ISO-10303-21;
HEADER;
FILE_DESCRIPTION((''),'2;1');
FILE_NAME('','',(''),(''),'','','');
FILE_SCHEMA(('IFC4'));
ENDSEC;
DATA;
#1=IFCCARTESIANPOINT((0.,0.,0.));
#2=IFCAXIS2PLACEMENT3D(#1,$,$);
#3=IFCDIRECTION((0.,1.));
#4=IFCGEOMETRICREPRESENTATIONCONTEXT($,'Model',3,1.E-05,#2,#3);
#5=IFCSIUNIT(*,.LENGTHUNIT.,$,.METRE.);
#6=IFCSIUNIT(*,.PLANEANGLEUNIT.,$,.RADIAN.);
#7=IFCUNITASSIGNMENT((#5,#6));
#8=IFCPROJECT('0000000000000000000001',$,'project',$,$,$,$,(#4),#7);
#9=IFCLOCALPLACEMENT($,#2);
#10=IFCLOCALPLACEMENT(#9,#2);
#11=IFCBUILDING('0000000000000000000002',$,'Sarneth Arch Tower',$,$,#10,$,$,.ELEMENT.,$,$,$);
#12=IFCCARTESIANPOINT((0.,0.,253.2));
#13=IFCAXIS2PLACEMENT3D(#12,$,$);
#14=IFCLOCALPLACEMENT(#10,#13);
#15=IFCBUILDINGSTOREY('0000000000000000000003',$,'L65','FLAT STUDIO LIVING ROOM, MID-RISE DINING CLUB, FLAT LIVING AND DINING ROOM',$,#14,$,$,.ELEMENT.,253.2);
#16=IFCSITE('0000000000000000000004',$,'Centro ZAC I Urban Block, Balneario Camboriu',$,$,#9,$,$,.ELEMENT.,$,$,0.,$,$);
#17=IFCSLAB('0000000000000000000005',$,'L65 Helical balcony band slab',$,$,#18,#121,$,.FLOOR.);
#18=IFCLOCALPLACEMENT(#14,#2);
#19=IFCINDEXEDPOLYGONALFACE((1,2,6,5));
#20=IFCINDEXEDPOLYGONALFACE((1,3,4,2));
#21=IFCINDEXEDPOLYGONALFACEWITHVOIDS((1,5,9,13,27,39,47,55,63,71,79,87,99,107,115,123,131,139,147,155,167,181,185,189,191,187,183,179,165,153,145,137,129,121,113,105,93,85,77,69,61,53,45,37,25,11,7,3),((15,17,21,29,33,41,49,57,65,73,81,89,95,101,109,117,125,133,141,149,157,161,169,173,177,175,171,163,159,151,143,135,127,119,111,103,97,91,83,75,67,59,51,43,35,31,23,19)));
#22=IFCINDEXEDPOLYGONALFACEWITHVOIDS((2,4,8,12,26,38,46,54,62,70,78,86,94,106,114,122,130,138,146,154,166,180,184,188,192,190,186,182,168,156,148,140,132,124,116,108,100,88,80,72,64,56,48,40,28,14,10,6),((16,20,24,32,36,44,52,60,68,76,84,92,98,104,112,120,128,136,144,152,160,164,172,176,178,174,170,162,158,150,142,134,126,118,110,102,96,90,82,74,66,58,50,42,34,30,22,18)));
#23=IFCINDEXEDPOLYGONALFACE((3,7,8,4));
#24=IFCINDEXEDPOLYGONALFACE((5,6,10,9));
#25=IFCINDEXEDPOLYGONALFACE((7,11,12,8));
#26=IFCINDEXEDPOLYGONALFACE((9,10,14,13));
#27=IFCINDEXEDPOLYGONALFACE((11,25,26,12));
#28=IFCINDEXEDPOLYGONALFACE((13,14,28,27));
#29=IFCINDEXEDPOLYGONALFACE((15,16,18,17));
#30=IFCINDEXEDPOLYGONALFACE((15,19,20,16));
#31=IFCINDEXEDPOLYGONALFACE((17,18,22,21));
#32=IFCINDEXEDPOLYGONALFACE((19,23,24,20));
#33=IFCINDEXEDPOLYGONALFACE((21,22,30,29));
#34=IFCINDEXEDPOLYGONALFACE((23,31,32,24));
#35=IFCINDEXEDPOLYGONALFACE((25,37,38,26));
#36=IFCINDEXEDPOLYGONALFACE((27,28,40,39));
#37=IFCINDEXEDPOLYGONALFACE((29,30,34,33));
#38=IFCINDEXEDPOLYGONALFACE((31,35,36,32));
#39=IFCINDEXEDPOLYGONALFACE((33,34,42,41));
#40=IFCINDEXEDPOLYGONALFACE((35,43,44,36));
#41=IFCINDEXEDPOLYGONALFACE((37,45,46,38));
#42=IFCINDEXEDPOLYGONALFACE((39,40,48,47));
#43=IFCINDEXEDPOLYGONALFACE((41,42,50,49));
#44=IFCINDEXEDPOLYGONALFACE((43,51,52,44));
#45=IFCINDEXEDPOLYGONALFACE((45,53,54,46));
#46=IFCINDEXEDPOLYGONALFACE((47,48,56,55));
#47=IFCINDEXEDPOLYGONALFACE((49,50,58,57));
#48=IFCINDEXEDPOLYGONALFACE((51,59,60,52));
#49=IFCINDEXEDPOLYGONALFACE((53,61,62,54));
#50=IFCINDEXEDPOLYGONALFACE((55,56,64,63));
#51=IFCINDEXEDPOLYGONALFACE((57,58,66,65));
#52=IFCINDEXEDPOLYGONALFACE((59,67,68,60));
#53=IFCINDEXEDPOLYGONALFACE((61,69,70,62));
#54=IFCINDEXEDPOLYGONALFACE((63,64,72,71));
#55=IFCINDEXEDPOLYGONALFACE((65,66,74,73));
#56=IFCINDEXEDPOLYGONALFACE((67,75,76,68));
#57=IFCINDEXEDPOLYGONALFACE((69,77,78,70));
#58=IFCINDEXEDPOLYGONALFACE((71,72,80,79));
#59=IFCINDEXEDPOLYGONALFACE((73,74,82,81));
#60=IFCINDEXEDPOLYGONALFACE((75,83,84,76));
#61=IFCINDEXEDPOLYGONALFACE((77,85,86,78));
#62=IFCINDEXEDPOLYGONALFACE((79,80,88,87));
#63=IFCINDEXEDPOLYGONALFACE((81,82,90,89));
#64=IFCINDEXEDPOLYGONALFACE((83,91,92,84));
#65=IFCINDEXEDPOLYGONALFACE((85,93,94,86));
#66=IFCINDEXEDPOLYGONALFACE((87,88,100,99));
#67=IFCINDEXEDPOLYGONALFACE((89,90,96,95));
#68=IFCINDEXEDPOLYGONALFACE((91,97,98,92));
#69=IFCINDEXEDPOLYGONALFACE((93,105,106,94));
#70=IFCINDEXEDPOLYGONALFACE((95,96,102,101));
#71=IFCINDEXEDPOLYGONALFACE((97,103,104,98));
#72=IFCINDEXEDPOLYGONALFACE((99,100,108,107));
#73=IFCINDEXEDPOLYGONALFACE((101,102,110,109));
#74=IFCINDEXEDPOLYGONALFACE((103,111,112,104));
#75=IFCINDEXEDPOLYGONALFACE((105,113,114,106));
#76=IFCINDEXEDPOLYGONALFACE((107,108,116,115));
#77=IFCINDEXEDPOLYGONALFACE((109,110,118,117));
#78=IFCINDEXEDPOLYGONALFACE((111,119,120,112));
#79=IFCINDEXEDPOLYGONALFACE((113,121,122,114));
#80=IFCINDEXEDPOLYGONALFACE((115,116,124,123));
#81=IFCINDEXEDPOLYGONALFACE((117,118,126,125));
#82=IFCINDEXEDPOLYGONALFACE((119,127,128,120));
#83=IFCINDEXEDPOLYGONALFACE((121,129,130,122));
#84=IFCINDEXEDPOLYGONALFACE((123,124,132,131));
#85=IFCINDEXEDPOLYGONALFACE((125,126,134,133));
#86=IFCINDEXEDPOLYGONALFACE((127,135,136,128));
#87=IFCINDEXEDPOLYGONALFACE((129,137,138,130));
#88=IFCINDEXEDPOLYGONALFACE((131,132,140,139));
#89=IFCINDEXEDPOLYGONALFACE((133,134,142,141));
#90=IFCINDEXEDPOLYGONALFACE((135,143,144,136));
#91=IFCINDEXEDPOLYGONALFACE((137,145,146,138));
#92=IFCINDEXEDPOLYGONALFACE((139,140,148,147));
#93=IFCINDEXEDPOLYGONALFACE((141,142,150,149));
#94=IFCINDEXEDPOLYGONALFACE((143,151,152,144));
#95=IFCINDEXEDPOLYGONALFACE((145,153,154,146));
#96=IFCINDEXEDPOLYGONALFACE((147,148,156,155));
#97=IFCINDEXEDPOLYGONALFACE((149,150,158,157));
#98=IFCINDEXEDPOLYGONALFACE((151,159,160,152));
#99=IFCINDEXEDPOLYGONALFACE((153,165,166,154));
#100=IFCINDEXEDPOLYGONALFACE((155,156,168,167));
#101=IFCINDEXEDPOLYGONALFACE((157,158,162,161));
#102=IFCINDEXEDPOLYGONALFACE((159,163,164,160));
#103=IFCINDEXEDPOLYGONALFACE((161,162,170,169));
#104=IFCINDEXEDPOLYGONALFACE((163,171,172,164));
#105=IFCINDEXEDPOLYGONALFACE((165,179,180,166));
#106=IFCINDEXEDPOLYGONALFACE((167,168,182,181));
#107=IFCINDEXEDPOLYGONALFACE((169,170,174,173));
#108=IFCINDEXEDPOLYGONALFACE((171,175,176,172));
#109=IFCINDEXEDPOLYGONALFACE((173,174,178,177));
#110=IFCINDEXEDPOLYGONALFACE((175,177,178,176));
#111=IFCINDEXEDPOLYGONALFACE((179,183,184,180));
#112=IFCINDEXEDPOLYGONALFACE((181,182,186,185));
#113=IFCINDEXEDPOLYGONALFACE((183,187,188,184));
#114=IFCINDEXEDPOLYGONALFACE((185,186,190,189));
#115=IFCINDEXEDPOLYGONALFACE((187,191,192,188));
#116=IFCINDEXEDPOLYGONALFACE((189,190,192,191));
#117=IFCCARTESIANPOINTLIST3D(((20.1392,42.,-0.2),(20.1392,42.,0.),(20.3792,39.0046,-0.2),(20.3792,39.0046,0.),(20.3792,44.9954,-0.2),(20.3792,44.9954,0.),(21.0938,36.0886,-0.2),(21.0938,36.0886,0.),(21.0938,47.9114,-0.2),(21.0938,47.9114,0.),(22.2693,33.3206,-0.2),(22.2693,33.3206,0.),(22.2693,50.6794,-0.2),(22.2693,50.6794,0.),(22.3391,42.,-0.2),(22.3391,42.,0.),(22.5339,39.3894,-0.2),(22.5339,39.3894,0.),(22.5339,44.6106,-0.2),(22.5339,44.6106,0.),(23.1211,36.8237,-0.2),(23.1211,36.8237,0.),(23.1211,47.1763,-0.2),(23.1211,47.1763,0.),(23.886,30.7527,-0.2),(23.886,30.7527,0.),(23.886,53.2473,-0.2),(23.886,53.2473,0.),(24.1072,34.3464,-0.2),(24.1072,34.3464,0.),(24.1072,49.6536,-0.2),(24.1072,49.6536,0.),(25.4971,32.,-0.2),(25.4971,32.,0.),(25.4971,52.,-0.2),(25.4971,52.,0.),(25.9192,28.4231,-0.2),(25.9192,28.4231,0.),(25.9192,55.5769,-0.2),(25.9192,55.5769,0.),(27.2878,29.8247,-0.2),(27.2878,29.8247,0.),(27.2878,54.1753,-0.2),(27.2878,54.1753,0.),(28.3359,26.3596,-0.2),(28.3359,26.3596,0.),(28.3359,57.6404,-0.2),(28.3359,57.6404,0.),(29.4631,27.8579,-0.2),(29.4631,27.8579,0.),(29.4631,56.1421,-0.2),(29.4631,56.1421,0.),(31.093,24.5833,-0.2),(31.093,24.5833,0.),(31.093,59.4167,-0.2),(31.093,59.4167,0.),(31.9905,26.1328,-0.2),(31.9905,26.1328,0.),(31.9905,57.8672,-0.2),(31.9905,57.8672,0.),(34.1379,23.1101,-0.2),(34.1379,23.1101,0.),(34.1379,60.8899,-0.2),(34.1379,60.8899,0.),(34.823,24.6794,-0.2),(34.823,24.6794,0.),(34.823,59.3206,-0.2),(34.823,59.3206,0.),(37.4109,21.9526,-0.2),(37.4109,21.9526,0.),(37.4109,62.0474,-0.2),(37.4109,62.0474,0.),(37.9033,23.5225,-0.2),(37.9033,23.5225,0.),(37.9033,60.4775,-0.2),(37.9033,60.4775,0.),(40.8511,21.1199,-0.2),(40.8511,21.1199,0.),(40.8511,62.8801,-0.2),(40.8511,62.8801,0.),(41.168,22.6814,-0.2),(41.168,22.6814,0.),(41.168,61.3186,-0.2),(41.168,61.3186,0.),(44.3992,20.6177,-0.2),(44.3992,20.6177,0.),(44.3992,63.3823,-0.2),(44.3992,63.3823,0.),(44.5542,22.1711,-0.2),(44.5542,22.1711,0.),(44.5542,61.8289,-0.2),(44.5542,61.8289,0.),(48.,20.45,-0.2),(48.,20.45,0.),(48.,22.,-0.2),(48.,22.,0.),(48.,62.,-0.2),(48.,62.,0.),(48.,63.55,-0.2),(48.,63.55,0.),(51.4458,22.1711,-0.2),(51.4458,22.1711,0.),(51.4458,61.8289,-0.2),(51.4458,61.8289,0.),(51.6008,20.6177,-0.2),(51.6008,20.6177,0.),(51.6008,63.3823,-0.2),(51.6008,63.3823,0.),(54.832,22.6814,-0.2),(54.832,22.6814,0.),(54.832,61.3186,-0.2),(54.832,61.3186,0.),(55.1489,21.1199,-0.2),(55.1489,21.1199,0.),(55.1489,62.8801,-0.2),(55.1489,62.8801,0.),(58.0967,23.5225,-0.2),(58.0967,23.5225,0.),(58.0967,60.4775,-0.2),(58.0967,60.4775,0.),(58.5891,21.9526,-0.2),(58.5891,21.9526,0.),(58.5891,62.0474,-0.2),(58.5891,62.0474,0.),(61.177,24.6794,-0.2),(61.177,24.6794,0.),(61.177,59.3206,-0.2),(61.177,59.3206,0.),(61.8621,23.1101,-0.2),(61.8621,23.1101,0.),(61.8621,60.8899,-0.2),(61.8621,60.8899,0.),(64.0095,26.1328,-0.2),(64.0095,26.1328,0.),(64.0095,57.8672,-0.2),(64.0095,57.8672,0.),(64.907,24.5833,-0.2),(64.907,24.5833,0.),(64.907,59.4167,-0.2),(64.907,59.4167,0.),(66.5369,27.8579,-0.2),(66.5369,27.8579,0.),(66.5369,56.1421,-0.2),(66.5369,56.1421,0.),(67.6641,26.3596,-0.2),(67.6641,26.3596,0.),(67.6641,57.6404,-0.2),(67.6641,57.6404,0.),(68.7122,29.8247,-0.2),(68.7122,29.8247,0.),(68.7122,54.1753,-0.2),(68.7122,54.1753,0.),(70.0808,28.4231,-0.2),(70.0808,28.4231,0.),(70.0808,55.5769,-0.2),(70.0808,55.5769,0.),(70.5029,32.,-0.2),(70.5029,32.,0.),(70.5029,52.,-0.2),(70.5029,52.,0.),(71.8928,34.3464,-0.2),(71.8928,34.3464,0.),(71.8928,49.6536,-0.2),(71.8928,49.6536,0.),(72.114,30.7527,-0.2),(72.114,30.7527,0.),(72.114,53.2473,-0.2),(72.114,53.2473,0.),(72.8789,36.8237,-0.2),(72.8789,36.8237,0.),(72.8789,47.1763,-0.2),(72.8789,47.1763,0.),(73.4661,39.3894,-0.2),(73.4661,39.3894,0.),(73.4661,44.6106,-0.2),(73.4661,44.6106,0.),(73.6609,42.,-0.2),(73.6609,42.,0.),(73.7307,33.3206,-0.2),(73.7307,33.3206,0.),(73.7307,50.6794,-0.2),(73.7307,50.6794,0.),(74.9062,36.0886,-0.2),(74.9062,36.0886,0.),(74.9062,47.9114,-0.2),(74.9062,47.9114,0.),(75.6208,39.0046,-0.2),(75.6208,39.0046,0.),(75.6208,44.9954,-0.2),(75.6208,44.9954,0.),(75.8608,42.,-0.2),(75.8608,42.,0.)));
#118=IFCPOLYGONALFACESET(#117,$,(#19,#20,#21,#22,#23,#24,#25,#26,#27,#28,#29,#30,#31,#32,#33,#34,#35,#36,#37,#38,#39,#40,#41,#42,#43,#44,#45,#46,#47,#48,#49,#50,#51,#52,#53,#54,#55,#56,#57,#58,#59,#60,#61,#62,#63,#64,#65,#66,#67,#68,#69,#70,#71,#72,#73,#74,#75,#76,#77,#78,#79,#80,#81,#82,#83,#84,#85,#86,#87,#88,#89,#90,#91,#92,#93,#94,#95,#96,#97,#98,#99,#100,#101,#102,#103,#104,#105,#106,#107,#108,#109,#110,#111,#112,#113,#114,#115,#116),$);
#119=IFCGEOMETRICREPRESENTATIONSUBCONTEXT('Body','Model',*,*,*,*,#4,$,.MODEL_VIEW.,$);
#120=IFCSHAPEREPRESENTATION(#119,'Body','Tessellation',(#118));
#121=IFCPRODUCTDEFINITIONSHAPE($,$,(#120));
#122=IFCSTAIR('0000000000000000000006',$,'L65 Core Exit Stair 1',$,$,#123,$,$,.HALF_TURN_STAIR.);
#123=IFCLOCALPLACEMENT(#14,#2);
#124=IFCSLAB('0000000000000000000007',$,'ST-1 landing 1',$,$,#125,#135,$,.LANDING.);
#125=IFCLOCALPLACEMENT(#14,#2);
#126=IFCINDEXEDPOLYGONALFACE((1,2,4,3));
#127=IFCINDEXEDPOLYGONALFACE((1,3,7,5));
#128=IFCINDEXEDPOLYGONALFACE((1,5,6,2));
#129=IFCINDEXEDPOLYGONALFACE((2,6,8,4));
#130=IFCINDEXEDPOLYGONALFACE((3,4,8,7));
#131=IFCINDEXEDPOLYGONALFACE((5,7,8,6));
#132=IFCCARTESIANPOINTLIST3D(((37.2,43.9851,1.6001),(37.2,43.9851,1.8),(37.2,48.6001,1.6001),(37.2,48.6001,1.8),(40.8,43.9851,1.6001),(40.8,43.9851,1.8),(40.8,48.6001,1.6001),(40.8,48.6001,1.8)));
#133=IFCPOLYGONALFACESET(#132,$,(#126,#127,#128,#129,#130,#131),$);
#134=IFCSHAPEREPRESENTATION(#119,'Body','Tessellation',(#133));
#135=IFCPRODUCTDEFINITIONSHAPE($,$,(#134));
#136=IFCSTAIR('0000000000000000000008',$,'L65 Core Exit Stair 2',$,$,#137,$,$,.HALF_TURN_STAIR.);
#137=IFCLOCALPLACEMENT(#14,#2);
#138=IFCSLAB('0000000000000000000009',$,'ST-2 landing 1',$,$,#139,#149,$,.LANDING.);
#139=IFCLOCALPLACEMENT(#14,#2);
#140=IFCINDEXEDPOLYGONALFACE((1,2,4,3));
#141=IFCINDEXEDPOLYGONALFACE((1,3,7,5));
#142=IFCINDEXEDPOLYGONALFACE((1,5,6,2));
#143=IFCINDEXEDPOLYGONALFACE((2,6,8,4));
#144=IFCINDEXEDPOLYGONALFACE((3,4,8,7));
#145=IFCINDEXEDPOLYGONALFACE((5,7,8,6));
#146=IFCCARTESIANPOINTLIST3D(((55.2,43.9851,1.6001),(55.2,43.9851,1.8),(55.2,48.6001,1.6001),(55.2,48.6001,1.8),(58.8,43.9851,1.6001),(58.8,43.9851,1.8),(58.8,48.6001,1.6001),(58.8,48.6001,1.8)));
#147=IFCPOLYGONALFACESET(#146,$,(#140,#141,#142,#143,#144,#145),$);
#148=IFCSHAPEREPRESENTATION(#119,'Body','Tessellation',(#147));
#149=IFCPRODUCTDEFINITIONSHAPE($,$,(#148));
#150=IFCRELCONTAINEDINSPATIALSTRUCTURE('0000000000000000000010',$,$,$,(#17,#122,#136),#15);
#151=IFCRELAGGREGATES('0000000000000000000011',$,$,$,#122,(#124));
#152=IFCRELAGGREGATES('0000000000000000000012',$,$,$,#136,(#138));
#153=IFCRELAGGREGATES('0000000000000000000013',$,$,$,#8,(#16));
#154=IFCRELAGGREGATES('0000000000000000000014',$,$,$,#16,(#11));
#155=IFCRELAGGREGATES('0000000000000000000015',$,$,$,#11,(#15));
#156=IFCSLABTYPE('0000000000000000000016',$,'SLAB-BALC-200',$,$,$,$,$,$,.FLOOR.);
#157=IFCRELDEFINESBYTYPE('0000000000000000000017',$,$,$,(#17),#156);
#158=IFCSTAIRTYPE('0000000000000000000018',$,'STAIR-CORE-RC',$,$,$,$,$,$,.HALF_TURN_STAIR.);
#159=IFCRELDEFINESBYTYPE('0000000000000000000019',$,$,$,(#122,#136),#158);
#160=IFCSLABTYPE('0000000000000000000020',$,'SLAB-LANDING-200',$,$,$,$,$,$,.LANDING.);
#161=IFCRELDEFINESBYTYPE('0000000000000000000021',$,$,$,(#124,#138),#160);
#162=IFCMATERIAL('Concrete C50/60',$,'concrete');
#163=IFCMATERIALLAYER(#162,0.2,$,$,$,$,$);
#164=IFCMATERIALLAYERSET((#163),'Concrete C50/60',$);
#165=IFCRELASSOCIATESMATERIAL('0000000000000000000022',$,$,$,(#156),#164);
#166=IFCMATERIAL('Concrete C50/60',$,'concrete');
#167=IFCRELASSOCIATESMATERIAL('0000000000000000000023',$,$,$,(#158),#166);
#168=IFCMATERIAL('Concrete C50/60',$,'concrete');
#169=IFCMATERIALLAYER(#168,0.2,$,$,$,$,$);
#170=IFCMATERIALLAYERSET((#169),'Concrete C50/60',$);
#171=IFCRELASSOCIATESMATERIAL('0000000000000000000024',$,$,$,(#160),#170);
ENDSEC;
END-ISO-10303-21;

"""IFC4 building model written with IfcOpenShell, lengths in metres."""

from ifc_helpers import new_model, si_unit, direction, frame, origin, place, context, subcontext, project, spatial, polyline, outline, extrude, material, layer, layer_set, type_object, element, aggregate, save


model = new_model("IFC4")

# Units and contexts
model_context = context("Model", 3, precision=1e-05, world=origin(), true_north=direction((0.0, 1.0)))
body_context = subcontext(model_context, "Body", "Model", "MODEL_VIEW")
ifc_project = project(units=[si_unit("LENGTHUNIT", "METRE"), si_unit("PLANEANGLEUNIT", "RADIAN")], contexts=[model_context])

# Site, building, storey
site_placement = place(None, origin())
site = spatial("IfcSite", under=ifc_project, at=site_placement, Name="Centro ZAC I Urban Block, Balneario Camboriu", CompositionType="ELEMENT", RefElevation=0.0)
building_placement = place(site_placement, origin())
building = spatial("IfcBuilding", under=site, at=building_placement, Name="Sarneth Arch Tower", CompositionType="ELEMENT")
storey_placement = place(building_placement, frame((0.0, 0.0, 253.2)))
storey = spatial("IfcBuildingStorey", under=building, at=storey_placement, Name="L65", Description="FLAT STUDIO LIVING ROOM, MID-RISE DINING CLUB, FLAT LIVING AND DINING ROOM", CompositionType="ELEMENT", Elevation=253.2)

# Slab
ifc_material_1 = material(Name="Concrete C50/60", Category="concrete")
ifc_layer_1 = layer(ifc_material_1, 0.2)
ifc_layer_set_1 = layer_set([ifc_layer_1], Name="Concrete C50/60")
slab_type_1 = type_object("IfcSlabType", Name="SLAB-BALC-200", PredefinedType="FLOOR", material=ifc_layer_set_1)
slab_1_placement = place(storey_placement, frame((0.0, 0.0, -0.2)))
element("IfcSlab", 1, at=slab_1_placement, inside=storey, type_object=slab_type_1, Name="L65 Helical balcony band slab", PredefinedType="FLOOR", context=body_context, shape_type="SweptSolid", body=[
    extrude(outline(polyline([(75.8608, 42.0), (75.6208, 44.9954), (74.9062, 47.9114), (73.7307, 50.6794), (72.114, 53.2473), (70.0808, 55.5769), (67.6641, 57.6404), (64.907, 59.4167), (61.8621, 60.8899), (58.5891, 62.0474), (55.1489, 62.8801), (51.6008, 63.3823), (48.0, 63.55), (44.3992, 63.3823), (40.8511, 62.8801), (37.4109, 62.0474), (34.1379, 60.8899), (31.093, 59.4167), (28.3359, 57.6404), (25.9192, 55.5769), (23.886, 53.2473), (22.2693, 50.6794), (21.0938, 47.9114), (20.3792, 44.9954), (20.1392, 42.0), (20.3792, 39.0046), (21.0938, 36.0886), (22.2693, 33.3206), (23.886, 30.7527), (25.9192, 28.4231), (28.3359, 26.3596), (31.093, 24.5833), (34.1379, 23.1101), (37.4109, 21.9526), (40.8511, 21.1199), (44.3992, 20.6177), (48.0, 20.45), (51.6008, 20.6177), (55.1489, 21.1199), (58.5891, 21.9526), (61.8621, 23.1101), (64.907, 24.5833), (67.6641, 26.3596), (70.0808, 28.4231), (72.114, 30.7527), (73.7307, 33.3206), (74.9062, 36.0886), (75.6208, 39.0046), (75.8608, 42.0)]), holes=[polyline([(73.6609, 42.0), (73.4661, 44.6106), (72.8789, 47.1763), (71.8928, 49.6536), (70.5029, 52.0), (68.7122, 54.1753), (66.5369, 56.1421), (64.0095, 57.8672), (61.177, 59.3206), (58.0967, 60.4775), (54.832, 61.3186), (51.4458, 61.8289), (48.0, 62.0), (44.5542, 61.8289), (41.168, 61.3186), (37.9033, 60.4775), (34.823, 59.3206), (31.9905, 57.8672), (29.4631, 56.1421), (27.2878, 54.1753), (25.4971, 52.0), (24.1072, 49.6536), (23.1211, 47.1763), (22.5339, 44.6106), (22.3391, 42.0), (22.5339, 39.3894), (23.1211, 36.8237), (24.1072, 34.3464), (25.4971, 32.0), (27.2878, 29.8247), (29.4631, 27.8579), (31.9905, 26.1328), (34.823, 24.6794), (37.9033, 23.5225), (41.168, 22.6814), (44.5542, 22.1711), (48.0, 22.0), (51.4458, 22.1711), (54.832, 22.6814), (58.0967, 23.5225), (61.177, 24.6794), (64.0095, 26.1328), (66.5369, 27.8579), (68.7122, 29.8247), (70.5029, 32.0), (71.8928, 34.3464), (72.8789, 36.8237), (73.4661, 39.3894), (73.6609, 42.0)])]), origin(), (0.0, 0.0, 1.0), 0.2),
])

# Stairs, slabs
ifc_material_2 = material(Name="Concrete C50/60", Category="concrete")
stair_type = type_object("IfcStairType", Name="STAIR-CORE-RC", PredefinedType="HALF_TURN_STAIR", material=ifc_material_2)
stair_1_placement = place(storey_placement, origin())
stair_1 = element("IfcStair", 2, at=stair_1_placement, inside=storey, type_object=stair_type, Name="L65 Core Exit Stair 1", PredefinedType="HALF_TURN_STAIR")
ifc_material_3 = material(Name="Concrete C50/60", Category="concrete")
ifc_layer_2 = layer(ifc_material_3, 0.2)
ifc_layer_set_2 = layer_set([ifc_layer_2], Name="Concrete C50/60")
slab_type_2 = type_object("IfcSlabType", Name="SLAB-LANDING-200", PredefinedType="LANDING", material=ifc_layer_set_2)
slab_2_placement = place(storey_placement, frame((0.0, 0.0, 1.6001)))
slab_2 = element("IfcSlab", 3, at=slab_2_placement, type_object=slab_type_2, Name="ST-1 landing 1", PredefinedType="LANDING", context=body_context, shape_type="SweptSolid", body=[
    extrude(outline(polyline([(37.2, 43.9851), (40.8, 43.9851), (40.8, 48.6001), (37.2, 48.6001), (37.2, 43.9851)])), origin(), (0.0, 0.0, 1.0), 0.2),
])
aggregate(stair_1, [slab_2])
stair_2_placement = place(storey_placement, origin())
stair_2 = element("IfcStair", 4, at=stair_2_placement, inside=storey, type_object=stair_type, Name="L65 Core Exit Stair 2", PredefinedType="HALF_TURN_STAIR")
slab_3_placement = place(storey_placement, frame((0.0, 0.0, 1.6001)))
slab_3 = element("IfcSlab", 5, at=slab_3_placement, type_object=slab_type_2, Name="ST-2 landing 1", PredefinedType="LANDING", context=body_context, shape_type="SweptSolid", body=[
    extrude(outline(polyline([(55.2, 43.9851), (58.8, 43.9851), (58.8, 48.6001), (55.2, 48.6001), (55.2, 43.9851)])), origin(), (0.0, 0.0, 1.0), 0.2),
])
aggregate(stair_2, [slab_3])

save(model, "model.ifc")
